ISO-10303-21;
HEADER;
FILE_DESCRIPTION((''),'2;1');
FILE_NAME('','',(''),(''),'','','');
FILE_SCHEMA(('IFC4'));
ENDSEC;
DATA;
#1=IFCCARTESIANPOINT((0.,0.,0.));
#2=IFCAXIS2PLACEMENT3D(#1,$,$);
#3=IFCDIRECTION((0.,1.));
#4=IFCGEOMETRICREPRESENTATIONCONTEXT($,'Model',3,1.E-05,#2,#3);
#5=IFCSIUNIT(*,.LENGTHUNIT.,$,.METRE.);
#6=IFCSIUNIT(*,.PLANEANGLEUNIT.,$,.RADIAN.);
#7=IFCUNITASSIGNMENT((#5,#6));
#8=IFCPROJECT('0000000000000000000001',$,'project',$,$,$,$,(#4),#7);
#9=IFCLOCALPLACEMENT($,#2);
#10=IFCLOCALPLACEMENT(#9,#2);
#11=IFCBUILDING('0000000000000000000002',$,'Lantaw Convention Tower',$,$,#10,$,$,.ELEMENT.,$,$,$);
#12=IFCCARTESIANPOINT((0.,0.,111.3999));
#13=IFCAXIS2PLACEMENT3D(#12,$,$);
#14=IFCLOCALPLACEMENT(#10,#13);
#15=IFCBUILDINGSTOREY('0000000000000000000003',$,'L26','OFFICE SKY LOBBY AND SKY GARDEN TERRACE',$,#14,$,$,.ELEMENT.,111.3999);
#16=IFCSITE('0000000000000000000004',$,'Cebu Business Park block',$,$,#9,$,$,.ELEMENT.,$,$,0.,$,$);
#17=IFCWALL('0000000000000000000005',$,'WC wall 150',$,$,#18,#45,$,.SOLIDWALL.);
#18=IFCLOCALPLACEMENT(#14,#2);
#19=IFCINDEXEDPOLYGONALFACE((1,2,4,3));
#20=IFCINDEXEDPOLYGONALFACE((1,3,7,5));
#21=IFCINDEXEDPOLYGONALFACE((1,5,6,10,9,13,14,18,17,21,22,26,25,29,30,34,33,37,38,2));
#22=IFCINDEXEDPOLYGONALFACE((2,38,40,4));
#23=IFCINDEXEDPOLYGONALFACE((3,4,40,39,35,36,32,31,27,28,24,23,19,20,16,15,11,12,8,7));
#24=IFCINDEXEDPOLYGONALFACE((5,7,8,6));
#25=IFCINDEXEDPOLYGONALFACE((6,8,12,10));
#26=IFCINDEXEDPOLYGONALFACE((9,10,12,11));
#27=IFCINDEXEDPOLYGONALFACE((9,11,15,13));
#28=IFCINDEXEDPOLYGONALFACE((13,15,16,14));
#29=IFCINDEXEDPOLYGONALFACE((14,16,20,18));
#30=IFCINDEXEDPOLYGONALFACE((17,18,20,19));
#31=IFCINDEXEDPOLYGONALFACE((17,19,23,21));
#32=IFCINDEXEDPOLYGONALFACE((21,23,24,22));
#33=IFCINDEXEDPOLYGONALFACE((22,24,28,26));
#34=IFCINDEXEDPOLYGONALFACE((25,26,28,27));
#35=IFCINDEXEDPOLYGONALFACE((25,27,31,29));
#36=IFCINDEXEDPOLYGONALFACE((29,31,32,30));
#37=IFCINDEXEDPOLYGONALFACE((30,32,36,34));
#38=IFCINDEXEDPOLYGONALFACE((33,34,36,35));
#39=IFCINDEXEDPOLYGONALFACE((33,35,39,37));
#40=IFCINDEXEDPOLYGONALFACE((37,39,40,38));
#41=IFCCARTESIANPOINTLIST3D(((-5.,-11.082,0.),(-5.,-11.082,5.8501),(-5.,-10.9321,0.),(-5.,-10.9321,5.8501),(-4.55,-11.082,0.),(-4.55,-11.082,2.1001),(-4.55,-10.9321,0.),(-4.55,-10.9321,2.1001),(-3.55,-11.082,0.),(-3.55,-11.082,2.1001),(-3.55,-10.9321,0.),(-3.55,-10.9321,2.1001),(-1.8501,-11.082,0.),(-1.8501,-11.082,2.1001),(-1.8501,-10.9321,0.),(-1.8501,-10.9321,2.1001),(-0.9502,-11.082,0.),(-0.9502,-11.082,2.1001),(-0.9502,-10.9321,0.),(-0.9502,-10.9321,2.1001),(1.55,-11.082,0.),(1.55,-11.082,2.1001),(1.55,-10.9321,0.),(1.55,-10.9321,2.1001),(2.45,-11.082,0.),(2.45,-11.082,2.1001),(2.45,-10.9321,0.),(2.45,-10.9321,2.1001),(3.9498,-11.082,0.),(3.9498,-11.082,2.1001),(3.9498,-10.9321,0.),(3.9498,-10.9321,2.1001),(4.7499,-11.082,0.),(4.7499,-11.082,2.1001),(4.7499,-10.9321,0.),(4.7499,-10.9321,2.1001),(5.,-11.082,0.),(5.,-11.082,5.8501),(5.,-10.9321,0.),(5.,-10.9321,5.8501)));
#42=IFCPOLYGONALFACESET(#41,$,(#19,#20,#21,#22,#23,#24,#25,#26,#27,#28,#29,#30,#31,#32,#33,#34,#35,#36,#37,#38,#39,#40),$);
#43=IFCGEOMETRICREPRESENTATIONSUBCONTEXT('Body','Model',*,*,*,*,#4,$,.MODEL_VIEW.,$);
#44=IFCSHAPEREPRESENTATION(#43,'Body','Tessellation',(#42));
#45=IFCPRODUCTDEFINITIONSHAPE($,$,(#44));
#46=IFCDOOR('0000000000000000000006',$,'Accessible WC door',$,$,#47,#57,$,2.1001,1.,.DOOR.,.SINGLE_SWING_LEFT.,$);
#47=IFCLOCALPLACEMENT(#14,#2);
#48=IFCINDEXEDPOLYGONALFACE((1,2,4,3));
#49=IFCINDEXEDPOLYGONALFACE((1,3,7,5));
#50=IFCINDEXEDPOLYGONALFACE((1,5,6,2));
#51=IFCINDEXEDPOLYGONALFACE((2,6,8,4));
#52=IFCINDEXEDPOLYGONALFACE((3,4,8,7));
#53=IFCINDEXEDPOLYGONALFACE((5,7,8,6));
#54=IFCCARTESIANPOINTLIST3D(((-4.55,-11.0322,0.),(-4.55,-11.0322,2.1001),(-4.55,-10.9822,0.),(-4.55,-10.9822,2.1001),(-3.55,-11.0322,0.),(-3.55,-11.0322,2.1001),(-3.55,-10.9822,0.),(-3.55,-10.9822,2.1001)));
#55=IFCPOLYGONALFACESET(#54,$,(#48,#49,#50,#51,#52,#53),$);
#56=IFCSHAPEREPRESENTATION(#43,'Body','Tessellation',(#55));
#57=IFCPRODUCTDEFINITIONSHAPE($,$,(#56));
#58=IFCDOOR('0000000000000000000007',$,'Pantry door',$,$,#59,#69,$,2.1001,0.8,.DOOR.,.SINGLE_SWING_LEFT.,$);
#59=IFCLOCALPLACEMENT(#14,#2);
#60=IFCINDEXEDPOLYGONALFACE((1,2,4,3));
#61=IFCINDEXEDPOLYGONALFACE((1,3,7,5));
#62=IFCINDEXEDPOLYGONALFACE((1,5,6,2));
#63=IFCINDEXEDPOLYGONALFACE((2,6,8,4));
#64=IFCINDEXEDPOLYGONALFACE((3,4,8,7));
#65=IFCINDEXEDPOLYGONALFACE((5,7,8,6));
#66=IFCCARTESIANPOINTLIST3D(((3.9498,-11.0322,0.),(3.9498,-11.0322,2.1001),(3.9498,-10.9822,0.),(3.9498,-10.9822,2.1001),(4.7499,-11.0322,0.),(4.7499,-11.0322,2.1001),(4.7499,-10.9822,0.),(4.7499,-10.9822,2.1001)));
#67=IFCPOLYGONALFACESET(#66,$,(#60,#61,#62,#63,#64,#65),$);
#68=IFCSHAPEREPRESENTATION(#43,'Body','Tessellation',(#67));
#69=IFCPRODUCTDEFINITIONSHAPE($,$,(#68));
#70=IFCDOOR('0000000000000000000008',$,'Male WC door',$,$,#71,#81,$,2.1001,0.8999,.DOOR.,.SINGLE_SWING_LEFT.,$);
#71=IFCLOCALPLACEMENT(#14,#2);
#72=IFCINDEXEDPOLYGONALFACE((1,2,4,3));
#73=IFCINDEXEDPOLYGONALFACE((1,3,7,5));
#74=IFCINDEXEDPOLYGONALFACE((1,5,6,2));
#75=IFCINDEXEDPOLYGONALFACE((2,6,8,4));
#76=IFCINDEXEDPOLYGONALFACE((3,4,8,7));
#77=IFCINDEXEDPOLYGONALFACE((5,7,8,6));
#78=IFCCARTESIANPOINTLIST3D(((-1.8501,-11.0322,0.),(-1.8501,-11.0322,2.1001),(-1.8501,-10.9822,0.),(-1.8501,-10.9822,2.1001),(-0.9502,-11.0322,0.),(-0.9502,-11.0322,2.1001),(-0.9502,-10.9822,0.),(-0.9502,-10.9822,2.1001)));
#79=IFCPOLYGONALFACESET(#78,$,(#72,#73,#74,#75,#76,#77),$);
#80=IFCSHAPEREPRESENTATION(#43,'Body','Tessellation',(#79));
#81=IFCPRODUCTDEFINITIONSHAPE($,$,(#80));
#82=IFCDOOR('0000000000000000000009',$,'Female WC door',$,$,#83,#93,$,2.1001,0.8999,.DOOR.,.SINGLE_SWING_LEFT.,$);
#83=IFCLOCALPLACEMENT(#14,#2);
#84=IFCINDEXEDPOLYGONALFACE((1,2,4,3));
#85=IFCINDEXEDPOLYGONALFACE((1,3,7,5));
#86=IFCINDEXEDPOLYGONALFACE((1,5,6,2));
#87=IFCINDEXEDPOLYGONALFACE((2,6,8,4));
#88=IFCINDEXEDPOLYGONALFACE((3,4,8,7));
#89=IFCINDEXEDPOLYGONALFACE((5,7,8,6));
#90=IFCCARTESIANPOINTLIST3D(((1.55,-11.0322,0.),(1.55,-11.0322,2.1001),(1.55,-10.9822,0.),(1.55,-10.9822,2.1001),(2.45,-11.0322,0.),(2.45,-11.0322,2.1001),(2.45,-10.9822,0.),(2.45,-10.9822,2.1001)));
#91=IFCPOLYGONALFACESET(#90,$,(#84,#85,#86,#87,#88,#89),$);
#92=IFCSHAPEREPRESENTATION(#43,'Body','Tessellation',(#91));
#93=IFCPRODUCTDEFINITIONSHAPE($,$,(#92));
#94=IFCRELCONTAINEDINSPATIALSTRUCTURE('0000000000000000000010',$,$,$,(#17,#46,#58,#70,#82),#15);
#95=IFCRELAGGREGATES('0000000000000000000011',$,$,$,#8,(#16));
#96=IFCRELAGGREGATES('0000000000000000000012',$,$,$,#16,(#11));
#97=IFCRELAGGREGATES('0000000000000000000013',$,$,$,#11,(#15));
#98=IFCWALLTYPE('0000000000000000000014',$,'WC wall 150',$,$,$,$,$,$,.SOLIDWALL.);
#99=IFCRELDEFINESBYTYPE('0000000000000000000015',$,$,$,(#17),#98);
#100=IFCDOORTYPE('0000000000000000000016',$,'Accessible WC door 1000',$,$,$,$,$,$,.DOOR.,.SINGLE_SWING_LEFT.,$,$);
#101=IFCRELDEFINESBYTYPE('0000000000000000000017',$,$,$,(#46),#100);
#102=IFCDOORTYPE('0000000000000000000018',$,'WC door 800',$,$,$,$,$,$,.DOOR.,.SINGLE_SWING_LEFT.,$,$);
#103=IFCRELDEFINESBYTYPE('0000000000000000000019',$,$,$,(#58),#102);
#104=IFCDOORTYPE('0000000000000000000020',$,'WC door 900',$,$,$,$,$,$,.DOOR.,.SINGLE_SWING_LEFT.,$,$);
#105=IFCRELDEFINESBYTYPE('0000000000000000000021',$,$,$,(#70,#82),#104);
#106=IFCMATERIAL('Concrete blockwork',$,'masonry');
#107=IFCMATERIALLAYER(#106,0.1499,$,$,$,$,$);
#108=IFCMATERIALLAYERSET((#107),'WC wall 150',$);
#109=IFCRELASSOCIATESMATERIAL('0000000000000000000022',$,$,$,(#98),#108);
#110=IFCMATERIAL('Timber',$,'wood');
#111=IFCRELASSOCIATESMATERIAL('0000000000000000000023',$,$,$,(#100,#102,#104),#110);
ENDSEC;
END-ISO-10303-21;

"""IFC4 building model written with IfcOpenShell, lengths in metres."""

from ifc_helpers import new_model, si_unit, direction, frame, frame_2d, origin, place, context, subcontext, project, spatial, rectangle, extrude, material, layer, layer_set, type_object, element, fill, save


model = new_model("IFC4")

# Units and contexts
model_context = context("Model", 3, precision=1e-05, world=origin(), true_north=direction((0.0, 1.0)))
body_context = subcontext(model_context, "Body", "Model", "MODEL_VIEW")
ifc_project = project(units=[si_unit("LENGTHUNIT", "METRE"), si_unit("PLANEANGLEUNIT", "RADIAN")], contexts=[model_context])

# Site, building, storey
site_placement = place(None, origin())
site = spatial("IfcSite", under=ifc_project, at=site_placement, Name="Cebu Business Park block", CompositionType="ELEMENT", RefElevation=0.0)
building_placement = place(site_placement, origin())
building = spatial("IfcBuilding", under=site, at=building_placement, Name="Lantaw Convention Tower", CompositionType="ELEMENT")
storey_placement = place(building_placement, frame((0.0, 0.0, 111.3999)))
storey = spatial("IfcBuildingStorey", under=building, at=storey_placement, Name="L26", Description="OFFICE SKY LOBBY AND SKY GARDEN TERRACE", CompositionType="ELEMENT", Elevation=111.3999)

# Wall, openings, doors
ifc_material_1 = material(Name="Concrete blockwork", Category="masonry")
ifc_layer_1 = layer(ifc_material_1, 0.1499)
ifc_layer_set_1 = layer_set([ifc_layer_1], Name="WC wall 150")
wall_type_1 = type_object("IfcWallType", Name="WC wall 150", PredefinedType="SOLIDWALL", material=ifc_layer_set_1)
wall_1_placement = place(storey_placement, frame((-5.0, -11.0071, 0.0), z_axis=(0.0, 0.0, 1.0), x_axis=(1.0, 0.0, 0.0)))
wall_1 = element("IfcWall", 1, at=wall_1_placement, inside=storey, type_object=wall_type_1, Name="WC wall 150", PredefinedType="SOLIDWALL", context=body_context, shape_type="SweptSolid", body=[
    extrude(rectangle(XDim=10.0, YDim=0.1499, at=frame_2d((5.0, 0.0))), origin(), (0.0, 0.0, 1.0), 5.8501),
])
opening_1_placement = place(wall_1_placement, frame((0.45, 0.0, 0.0)))
opening_1 = element("IfcOpeningElement", 2, at=opening_1_placement, cuts=wall_1, PredefinedType="OPENING", context=body_context, shape_type="SweptSolid", body=[
    extrude(rectangle(XDim=1.0, YDim=2.1001, at=frame_2d((0.5, 1.05))), frame((0.0, 0.085, 0.0), z_axis=(0.0, -1.0, 0.0), x_axis=(1.0, 0.0, 0.0)), (0.0, 0.0, 1.0), 0.1699),
])
opening_2_placement = place(wall_1_placement, frame((3.1499, 0.0, 0.0)))
opening_2 = element("IfcOpeningElement", 3, at=opening_2_placement, cuts=wall_1, PredefinedType="OPENING", context=body_context, shape_type="SweptSolid", body=[
    extrude(rectangle(XDim=0.8999, YDim=2.1001, at=frame_2d((0.45, 1.05))), frame((0.0, 0.085, 0.0), z_axis=(0.0, -1.0, 0.0), x_axis=(1.0, 0.0, 0.0)), (0.0, 0.0, 1.0), 0.1699),
])
opening_3_placement = place(wall_1_placement, frame((6.55, 0.0, 0.0)))
opening_3 = element("IfcOpeningElement", 4, at=opening_3_placement, cuts=wall_1, PredefinedType="OPENING", context=body_context, shape_type="SweptSolid", body=[
    extrude(rectangle(XDim=0.8999, YDim=2.1001, at=frame_2d((0.45, 1.05))), frame((0.0, 0.085, 0.0), z_axis=(0.0, -1.0, 0.0), x_axis=(1.0, 0.0, 0.0)), (0.0, 0.0, 1.0), 0.1699),
])
opening_4_placement = place(wall_1_placement, frame((8.95, 0.0, 0.0)))
opening_4 = element("IfcOpeningElement", 5, at=opening_4_placement, cuts=wall_1, PredefinedType="OPENING", context=body_context, shape_type="SweptSolid", body=[
    extrude(rectangle(XDim=0.8, YDim=2.1001, at=frame_2d((0.3999, 1.05))), frame((0.0, 0.085, 0.0), z_axis=(0.0, -1.0, 0.0), x_axis=(1.0, 0.0, 0.0)), (0.0, 0.0, 1.0), 0.1699),
])
ifc_material_2 = material(Name="Timber", Category="wood")
door_type_1 = type_object("IfcDoorType", Name="Accessible WC door 1000", OperationType="SINGLE_SWING_LEFT", PredefinedType="DOOR", material=ifc_material_2)
door_1_placement = place(opening_1_placement, origin())
door_1 = element("IfcDoor", 6, at=door_1_placement, inside=storey, type_object=door_type_1, Name="Accessible WC door", OperationType="SINGLE_SWING_LEFT", OverallHeight=2.1001, OverallWidth=1.0, PredefinedType="DOOR", context=body_context, shape_type="SweptSolid", body=[
    extrude(rectangle(XDim=1.0, YDim=2.1001, at=frame_2d((0.5, 1.05))), frame((0.0, 0.0249, 0.0), z_axis=(0.0, -1.0, 0.0), x_axis=(1.0, 0.0, 0.0)), (0.0, 0.0, 1.0), 0.05),
])
fill(opening_1, door_1)
door_type_2 = type_object("IfcDoorType", Name="WC door 800", OperationType="SINGLE_SWING_LEFT", PredefinedType="DOOR", material=ifc_material_2)
door_2_placement = place(opening_4_placement, origin())
door_2 = element("IfcDoor", 7, at=door_2_placement, inside=storey, type_object=door_type_2, Name="Pantry door", OperationType="SINGLE_SWING_LEFT", OverallHeight=2.1001, OverallWidth=0.8, PredefinedType="DOOR", context=body_context, shape_type="SweptSolid", body=[
    extrude(rectangle(XDim=0.8, YDim=2.1001, at=frame_2d((0.3999, 1.05))), frame((0.0, 0.0249, 0.0), z_axis=(0.0, -1.0, 0.0), x_axis=(1.0, 0.0, 0.0)), (0.0, 0.0, 1.0), 0.05),
])
fill(opening_4, door_2)
door_type_3 = type_object("IfcDoorType", Name="WC door 900", OperationType="SINGLE_SWING_LEFT", PredefinedType="DOOR", material=ifc_material_2)
door_3_placement = place(opening_2_placement, origin())
door_3 = element("IfcDoor", 8, at=door_3_placement, inside=storey, type_object=door_type_3, Name="Male WC door", OperationType="SINGLE_SWING_LEFT", OverallHeight=2.1001, OverallWidth=0.8999, PredefinedType="DOOR", context=body_context, shape_type="SweptSolid", body=[
    extrude(rectangle(XDim=0.8999, YDim=2.1001, at=frame_2d((0.45, 1.05))), frame((0.0, 0.0249, 0.0), z_axis=(0.0, -1.0, 0.0), x_axis=(1.0, 0.0, 0.0)), (0.0, 0.0, 1.0), 0.05),
])
fill(opening_2, door_3)
door_4_placement = place(opening_3_placement, origin())
door_4 = element("IfcDoor", 9, at=door_4_placement, inside=storey, type_object=door_type_3, Name="Female WC door", OperationType="SINGLE_SWING_LEFT", OverallHeight=2.1001, OverallWidth=0.8999, PredefinedType="DOOR", context=body_context, shape_type="SweptSolid", body=[
    extrude(rectangle(XDim=0.8999, YDim=2.1001, at=frame_2d((0.45, 1.05))), frame((0.0, 0.0249, 0.0), z_axis=(0.0, -1.0, 0.0), x_axis=(1.0, 0.0, 0.0)), (0.0, 0.0, 1.0), 0.05),
])
fill(opening_3, door_4)

save(model, "model.ifc")
